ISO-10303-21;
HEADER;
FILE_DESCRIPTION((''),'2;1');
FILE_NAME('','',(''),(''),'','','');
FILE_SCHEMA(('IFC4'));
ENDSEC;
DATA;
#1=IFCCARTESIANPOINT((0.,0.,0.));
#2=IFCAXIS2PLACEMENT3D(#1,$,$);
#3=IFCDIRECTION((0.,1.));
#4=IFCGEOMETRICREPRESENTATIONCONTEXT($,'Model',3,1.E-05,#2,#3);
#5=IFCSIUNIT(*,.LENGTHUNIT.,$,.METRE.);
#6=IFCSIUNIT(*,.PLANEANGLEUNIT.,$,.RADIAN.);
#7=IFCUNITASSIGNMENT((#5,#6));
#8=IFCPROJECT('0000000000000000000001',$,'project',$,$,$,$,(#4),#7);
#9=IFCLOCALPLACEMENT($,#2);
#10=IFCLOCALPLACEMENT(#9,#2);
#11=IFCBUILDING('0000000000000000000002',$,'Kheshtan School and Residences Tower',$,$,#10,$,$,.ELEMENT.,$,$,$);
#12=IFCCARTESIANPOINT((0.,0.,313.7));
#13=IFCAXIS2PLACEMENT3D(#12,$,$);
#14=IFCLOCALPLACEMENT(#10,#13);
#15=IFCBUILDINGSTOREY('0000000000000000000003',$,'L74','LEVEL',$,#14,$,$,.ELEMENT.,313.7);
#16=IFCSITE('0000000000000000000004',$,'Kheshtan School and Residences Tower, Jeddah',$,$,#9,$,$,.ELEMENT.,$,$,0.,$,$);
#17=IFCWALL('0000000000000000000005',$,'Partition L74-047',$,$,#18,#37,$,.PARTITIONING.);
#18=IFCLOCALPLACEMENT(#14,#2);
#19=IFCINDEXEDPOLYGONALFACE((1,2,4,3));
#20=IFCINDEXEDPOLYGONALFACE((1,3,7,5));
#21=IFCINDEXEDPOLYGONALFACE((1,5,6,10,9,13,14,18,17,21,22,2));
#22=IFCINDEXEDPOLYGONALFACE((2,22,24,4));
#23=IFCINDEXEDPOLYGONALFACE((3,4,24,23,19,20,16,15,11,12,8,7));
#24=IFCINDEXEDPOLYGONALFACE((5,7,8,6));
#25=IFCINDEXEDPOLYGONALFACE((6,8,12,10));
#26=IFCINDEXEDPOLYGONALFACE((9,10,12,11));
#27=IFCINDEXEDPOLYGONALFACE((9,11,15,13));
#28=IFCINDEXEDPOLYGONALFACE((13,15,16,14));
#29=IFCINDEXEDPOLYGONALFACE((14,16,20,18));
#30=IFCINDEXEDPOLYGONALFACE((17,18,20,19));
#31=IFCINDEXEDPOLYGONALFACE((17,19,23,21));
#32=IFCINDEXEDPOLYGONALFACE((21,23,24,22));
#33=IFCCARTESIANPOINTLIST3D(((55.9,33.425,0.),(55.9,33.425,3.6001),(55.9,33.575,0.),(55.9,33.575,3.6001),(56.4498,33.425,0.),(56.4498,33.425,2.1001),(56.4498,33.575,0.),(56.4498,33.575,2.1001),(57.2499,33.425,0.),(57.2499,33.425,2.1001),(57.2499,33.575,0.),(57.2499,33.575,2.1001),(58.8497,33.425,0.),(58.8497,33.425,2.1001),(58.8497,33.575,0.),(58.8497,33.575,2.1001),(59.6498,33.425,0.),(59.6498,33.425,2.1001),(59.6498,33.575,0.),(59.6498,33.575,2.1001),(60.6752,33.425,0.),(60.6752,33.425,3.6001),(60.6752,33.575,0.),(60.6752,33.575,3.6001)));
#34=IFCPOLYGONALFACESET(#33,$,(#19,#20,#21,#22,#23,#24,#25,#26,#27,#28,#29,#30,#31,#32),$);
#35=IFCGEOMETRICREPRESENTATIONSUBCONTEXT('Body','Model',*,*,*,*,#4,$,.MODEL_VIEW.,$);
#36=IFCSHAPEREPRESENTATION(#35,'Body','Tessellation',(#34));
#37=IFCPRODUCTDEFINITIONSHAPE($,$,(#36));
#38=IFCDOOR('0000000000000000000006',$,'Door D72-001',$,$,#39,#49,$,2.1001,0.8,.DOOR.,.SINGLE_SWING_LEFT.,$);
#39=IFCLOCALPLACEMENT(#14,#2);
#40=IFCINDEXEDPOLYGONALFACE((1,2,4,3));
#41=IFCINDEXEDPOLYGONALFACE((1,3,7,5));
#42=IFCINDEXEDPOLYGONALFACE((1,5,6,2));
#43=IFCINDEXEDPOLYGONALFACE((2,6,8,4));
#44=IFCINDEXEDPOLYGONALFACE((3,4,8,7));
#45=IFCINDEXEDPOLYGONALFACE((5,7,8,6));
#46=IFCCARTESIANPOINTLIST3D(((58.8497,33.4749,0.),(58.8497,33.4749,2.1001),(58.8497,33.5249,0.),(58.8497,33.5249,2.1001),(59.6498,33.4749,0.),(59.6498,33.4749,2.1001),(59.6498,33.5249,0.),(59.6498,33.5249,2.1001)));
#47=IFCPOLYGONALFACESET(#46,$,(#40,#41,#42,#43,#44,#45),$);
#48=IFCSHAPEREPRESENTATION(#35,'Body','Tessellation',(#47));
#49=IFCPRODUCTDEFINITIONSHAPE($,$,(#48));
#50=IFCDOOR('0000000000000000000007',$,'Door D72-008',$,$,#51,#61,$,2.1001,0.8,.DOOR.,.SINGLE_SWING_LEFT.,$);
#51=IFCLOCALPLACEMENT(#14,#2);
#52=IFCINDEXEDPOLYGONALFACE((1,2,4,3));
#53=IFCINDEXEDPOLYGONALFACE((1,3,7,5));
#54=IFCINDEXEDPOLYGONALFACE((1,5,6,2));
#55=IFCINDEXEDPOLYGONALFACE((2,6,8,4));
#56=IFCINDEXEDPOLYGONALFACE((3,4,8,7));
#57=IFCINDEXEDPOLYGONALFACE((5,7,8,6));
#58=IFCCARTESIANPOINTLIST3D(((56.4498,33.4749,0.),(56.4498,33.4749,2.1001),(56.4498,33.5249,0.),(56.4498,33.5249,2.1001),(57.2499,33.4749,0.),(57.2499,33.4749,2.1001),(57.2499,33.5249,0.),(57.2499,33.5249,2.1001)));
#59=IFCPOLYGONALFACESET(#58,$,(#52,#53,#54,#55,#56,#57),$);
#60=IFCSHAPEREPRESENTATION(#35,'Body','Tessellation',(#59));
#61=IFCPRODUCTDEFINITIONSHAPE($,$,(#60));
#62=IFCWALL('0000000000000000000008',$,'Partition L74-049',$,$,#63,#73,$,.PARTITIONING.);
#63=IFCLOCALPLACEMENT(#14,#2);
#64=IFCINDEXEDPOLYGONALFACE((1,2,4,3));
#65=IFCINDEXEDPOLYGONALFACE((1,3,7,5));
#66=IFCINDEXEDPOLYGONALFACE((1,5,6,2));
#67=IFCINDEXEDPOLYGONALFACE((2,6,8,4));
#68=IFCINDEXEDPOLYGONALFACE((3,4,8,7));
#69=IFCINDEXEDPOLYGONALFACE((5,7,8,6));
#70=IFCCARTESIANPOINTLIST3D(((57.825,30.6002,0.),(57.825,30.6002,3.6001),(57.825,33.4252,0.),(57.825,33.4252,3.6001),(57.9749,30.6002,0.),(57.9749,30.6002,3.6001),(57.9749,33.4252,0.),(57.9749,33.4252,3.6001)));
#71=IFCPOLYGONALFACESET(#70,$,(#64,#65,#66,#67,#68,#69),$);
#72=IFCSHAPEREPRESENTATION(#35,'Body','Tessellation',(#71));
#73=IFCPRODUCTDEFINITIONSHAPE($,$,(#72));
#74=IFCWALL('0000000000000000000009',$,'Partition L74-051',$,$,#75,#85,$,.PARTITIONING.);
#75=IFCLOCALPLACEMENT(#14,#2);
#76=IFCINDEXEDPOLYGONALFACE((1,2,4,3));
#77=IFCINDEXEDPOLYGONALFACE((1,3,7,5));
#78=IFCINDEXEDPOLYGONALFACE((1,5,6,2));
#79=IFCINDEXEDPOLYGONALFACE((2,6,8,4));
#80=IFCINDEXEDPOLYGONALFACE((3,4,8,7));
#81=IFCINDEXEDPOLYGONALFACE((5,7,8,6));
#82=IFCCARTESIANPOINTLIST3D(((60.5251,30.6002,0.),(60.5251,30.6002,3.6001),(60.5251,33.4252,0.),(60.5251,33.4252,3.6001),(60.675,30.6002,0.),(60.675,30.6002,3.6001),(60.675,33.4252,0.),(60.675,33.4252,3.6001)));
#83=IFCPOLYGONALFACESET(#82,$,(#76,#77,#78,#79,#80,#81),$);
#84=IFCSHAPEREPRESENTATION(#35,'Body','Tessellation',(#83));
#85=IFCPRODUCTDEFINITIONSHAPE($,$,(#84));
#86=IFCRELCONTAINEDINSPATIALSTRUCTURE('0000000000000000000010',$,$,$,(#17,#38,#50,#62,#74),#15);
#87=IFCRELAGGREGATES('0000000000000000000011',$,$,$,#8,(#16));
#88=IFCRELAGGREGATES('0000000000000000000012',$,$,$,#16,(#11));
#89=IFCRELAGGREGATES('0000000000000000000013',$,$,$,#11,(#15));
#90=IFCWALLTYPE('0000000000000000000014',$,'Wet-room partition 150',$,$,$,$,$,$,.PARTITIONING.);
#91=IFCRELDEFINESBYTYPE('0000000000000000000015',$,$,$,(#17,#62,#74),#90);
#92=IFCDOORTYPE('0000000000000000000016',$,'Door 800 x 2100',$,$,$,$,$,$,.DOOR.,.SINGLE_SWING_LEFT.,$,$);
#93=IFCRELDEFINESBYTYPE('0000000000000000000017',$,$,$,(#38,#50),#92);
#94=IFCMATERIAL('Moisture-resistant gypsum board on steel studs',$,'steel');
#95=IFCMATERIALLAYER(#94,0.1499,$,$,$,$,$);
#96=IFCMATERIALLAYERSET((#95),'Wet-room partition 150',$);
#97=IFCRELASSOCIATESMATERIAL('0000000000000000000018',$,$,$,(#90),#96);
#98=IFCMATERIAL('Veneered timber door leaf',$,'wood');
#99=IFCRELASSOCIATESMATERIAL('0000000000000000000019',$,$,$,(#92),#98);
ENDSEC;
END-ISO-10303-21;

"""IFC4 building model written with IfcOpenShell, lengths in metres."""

from ifc_helpers import new_model, si_unit, direction, frame, frame_2d, origin, place, context, subcontext, project, spatial, rectangle, extrude, source, transform, mapped, material, layer, layer_set, type_object, element, fill, save


model = new_model("IFC4")

# Units and contexts
model_context = context("Model", 3, precision=1e-05, world=origin(), true_north=direction((0.0, 1.0)))
body_context = subcontext(model_context, "Body", "Model", "MODEL_VIEW")
ifc_project = project(units=[si_unit("LENGTHUNIT", "METRE"), si_unit("PLANEANGLEUNIT", "RADIAN")], contexts=[model_context])

# Site, building, storey
site_placement = place(None, origin())
site = spatial("IfcSite", under=ifc_project, at=site_placement, Name="Kheshtan School and Residences Tower, Jeddah", CompositionType="ELEMENT", RefElevation=0.0)
building_placement = place(site_placement, origin())
building = spatial("IfcBuilding", under=site, at=building_placement, Name="Kheshtan School and Residences Tower", CompositionType="ELEMENT")
storey_placement = place(building_placement, frame((0.0, 0.0, 313.7)))
storey = spatial("IfcBuildingStorey", under=building, at=storey_placement, Name="L74", Description="LEVEL", CompositionType="ELEMENT", Elevation=313.7)

# Wall, openings, doors
ifc_material_1 = material(Name="Moisture-resistant gypsum board on steel studs", Category="steel")
ifc_layer_1 = layer(ifc_material_1, 0.1499)
ifc_layer_set_1 = layer_set([ifc_layer_1], Name="Wet-room partition 150")
wall_type_1 = type_object("IfcWallType", Name="Wet-room partition 150", PredefinedType="PARTITIONING", material=ifc_layer_set_1)
wall_1_placement = place(storey_placement, frame((55.8999, 33.5, 0.0), z_axis=(0.0, 0.0, 1.0), x_axis=(1.0, 0.0, 0.0)))
wall_1 = element("IfcWall", 1, at=wall_1_placement, inside=storey, type_object=wall_type_1, Name="Partition L74-047", PredefinedType="PARTITIONING", context=body_context, shape_type="SweptSolid", body=[
    extrude(rectangle(XDim=4.7751, YDim=0.1499, at=frame_2d((2.3877, 0.0))), origin(), (0.0, 0.0, 1.0), 3.6001),
])
opening_1_placement = place(wall_1_placement, frame((2.95, 0.0, 0.0)))
opening_1 = element("IfcOpeningElement", 2, at=opening_1_placement, cuts=wall_1, PredefinedType="OPENING", context=body_context, shape_type="SweptSolid", body=[
    extrude(rectangle(XDim=0.8, YDim=2.1001, at=frame_2d((0.3999, 1.05))), frame((0.0, 0.085, 0.0), z_axis=(0.0, -1.0, 0.0), x_axis=(1.0, 0.0, 0.0)), (0.0, 0.0, 1.0), 0.1699),
])
opening_2_placement = place(wall_1_placement, frame((0.55, 0.0, 0.0)))
opening_2 = element("IfcOpeningElement", 3, at=opening_2_placement, cuts=wall_1, PredefinedType="OPENING", context=body_context, shape_type="SweptSolid", body=[
    extrude(rectangle(XDim=0.8, YDim=2.1001, at=frame_2d((0.3999, 1.05))), frame((0.0, 0.085, 0.0), z_axis=(0.0, -1.0, 0.0), x_axis=(1.0, 0.0, 0.0)), (0.0, 0.0, 1.0), 0.1699),
])
ifc_material_2 = material(Name="Veneered timber door leaf", Category="wood")
door_type_1 = type_object("IfcDoorType", Name="Door 800 x 2100", OperationType="SINGLE_SWING_LEFT", PredefinedType="DOOR", material=ifc_material_2)
shared_shape_1 = source(origin(), body_context, "Body", "SweptSolid", [
    extrude(rectangle(XDim=0.8, YDim=2.1001, at=frame_2d((0.3999, 1.05))), frame((0.0, 0.0249, 0.0), z_axis=(0.0, -1.0, 0.0), x_axis=(1.0, 0.0, 0.0)), (0.0, 0.0, 1.0), 0.05),
])
door_1_placement = place(opening_1_placement, origin())
door_1 = element("IfcDoor", 4, at=door_1_placement, inside=storey, type_object=door_type_1, Name="Door D72-001", OperationType="SINGLE_SWING_LEFT", OverallHeight=2.1001, OverallWidth=0.8, PredefinedType="DOOR", context=body_context, shape_type="MappedRepresentation", body=[
    mapped(shared_shape_1, transform((0.0, 0.0, 0.0), x_axis=(1.0, 0.0, 0.0), y_axis=(0.0, 1.0, 0.0), z_axis=(0.0, 0.0, 1.0), scale=1.0)),
])
fill(opening_1, door_1)
door_2_placement = place(opening_2_placement, origin())
door_2 = element("IfcDoor", 5, at=door_2_placement, inside=storey, type_object=door_type_1, Name="Door D72-008", OperationType="SINGLE_SWING_LEFT", OverallHeight=2.1001, OverallWidth=0.8, PredefinedType="DOOR", context=body_context, shape_type="MappedRepresentation", body=[
    mapped(shared_shape_1, transform((0.0, 0.0, 0.0), x_axis=(1.0, 0.0, 0.0), y_axis=(0.0, 1.0, 0.0), z_axis=(0.0, 0.0, 1.0), scale=1.0)),
])
fill(opening_2, door_2)

# Walls
for number, where, z_axis, x_axis, name in (
    (6, (57.8999, 30.6001, 0.0), (0.0, 0.0, 1.0), (0.0, 1.0, 0.0), "Partition L74-049"),
    (7, (60.6001, 30.6001, 0.0), (0.0, 0.0, 1.0), (0.0, 1.0, 0.0), "Partition L74-051"),
):
    element("IfcWall", number, at=place(storey_placement, frame(where, z_axis=z_axis, x_axis=x_axis)), inside=storey, type_object=wall_type_1, Name=name, PredefinedType="PARTITIONING", context=body_context, shape_type="SweptSolid", body=[
        extrude(rectangle(XDim=2.825, YDim=0.1499, at=frame_2d((1.4126, 0.0))), origin(), (0.0, 0.0, 1.0), 3.6001),
    ])

save(model, "model.ifc")
